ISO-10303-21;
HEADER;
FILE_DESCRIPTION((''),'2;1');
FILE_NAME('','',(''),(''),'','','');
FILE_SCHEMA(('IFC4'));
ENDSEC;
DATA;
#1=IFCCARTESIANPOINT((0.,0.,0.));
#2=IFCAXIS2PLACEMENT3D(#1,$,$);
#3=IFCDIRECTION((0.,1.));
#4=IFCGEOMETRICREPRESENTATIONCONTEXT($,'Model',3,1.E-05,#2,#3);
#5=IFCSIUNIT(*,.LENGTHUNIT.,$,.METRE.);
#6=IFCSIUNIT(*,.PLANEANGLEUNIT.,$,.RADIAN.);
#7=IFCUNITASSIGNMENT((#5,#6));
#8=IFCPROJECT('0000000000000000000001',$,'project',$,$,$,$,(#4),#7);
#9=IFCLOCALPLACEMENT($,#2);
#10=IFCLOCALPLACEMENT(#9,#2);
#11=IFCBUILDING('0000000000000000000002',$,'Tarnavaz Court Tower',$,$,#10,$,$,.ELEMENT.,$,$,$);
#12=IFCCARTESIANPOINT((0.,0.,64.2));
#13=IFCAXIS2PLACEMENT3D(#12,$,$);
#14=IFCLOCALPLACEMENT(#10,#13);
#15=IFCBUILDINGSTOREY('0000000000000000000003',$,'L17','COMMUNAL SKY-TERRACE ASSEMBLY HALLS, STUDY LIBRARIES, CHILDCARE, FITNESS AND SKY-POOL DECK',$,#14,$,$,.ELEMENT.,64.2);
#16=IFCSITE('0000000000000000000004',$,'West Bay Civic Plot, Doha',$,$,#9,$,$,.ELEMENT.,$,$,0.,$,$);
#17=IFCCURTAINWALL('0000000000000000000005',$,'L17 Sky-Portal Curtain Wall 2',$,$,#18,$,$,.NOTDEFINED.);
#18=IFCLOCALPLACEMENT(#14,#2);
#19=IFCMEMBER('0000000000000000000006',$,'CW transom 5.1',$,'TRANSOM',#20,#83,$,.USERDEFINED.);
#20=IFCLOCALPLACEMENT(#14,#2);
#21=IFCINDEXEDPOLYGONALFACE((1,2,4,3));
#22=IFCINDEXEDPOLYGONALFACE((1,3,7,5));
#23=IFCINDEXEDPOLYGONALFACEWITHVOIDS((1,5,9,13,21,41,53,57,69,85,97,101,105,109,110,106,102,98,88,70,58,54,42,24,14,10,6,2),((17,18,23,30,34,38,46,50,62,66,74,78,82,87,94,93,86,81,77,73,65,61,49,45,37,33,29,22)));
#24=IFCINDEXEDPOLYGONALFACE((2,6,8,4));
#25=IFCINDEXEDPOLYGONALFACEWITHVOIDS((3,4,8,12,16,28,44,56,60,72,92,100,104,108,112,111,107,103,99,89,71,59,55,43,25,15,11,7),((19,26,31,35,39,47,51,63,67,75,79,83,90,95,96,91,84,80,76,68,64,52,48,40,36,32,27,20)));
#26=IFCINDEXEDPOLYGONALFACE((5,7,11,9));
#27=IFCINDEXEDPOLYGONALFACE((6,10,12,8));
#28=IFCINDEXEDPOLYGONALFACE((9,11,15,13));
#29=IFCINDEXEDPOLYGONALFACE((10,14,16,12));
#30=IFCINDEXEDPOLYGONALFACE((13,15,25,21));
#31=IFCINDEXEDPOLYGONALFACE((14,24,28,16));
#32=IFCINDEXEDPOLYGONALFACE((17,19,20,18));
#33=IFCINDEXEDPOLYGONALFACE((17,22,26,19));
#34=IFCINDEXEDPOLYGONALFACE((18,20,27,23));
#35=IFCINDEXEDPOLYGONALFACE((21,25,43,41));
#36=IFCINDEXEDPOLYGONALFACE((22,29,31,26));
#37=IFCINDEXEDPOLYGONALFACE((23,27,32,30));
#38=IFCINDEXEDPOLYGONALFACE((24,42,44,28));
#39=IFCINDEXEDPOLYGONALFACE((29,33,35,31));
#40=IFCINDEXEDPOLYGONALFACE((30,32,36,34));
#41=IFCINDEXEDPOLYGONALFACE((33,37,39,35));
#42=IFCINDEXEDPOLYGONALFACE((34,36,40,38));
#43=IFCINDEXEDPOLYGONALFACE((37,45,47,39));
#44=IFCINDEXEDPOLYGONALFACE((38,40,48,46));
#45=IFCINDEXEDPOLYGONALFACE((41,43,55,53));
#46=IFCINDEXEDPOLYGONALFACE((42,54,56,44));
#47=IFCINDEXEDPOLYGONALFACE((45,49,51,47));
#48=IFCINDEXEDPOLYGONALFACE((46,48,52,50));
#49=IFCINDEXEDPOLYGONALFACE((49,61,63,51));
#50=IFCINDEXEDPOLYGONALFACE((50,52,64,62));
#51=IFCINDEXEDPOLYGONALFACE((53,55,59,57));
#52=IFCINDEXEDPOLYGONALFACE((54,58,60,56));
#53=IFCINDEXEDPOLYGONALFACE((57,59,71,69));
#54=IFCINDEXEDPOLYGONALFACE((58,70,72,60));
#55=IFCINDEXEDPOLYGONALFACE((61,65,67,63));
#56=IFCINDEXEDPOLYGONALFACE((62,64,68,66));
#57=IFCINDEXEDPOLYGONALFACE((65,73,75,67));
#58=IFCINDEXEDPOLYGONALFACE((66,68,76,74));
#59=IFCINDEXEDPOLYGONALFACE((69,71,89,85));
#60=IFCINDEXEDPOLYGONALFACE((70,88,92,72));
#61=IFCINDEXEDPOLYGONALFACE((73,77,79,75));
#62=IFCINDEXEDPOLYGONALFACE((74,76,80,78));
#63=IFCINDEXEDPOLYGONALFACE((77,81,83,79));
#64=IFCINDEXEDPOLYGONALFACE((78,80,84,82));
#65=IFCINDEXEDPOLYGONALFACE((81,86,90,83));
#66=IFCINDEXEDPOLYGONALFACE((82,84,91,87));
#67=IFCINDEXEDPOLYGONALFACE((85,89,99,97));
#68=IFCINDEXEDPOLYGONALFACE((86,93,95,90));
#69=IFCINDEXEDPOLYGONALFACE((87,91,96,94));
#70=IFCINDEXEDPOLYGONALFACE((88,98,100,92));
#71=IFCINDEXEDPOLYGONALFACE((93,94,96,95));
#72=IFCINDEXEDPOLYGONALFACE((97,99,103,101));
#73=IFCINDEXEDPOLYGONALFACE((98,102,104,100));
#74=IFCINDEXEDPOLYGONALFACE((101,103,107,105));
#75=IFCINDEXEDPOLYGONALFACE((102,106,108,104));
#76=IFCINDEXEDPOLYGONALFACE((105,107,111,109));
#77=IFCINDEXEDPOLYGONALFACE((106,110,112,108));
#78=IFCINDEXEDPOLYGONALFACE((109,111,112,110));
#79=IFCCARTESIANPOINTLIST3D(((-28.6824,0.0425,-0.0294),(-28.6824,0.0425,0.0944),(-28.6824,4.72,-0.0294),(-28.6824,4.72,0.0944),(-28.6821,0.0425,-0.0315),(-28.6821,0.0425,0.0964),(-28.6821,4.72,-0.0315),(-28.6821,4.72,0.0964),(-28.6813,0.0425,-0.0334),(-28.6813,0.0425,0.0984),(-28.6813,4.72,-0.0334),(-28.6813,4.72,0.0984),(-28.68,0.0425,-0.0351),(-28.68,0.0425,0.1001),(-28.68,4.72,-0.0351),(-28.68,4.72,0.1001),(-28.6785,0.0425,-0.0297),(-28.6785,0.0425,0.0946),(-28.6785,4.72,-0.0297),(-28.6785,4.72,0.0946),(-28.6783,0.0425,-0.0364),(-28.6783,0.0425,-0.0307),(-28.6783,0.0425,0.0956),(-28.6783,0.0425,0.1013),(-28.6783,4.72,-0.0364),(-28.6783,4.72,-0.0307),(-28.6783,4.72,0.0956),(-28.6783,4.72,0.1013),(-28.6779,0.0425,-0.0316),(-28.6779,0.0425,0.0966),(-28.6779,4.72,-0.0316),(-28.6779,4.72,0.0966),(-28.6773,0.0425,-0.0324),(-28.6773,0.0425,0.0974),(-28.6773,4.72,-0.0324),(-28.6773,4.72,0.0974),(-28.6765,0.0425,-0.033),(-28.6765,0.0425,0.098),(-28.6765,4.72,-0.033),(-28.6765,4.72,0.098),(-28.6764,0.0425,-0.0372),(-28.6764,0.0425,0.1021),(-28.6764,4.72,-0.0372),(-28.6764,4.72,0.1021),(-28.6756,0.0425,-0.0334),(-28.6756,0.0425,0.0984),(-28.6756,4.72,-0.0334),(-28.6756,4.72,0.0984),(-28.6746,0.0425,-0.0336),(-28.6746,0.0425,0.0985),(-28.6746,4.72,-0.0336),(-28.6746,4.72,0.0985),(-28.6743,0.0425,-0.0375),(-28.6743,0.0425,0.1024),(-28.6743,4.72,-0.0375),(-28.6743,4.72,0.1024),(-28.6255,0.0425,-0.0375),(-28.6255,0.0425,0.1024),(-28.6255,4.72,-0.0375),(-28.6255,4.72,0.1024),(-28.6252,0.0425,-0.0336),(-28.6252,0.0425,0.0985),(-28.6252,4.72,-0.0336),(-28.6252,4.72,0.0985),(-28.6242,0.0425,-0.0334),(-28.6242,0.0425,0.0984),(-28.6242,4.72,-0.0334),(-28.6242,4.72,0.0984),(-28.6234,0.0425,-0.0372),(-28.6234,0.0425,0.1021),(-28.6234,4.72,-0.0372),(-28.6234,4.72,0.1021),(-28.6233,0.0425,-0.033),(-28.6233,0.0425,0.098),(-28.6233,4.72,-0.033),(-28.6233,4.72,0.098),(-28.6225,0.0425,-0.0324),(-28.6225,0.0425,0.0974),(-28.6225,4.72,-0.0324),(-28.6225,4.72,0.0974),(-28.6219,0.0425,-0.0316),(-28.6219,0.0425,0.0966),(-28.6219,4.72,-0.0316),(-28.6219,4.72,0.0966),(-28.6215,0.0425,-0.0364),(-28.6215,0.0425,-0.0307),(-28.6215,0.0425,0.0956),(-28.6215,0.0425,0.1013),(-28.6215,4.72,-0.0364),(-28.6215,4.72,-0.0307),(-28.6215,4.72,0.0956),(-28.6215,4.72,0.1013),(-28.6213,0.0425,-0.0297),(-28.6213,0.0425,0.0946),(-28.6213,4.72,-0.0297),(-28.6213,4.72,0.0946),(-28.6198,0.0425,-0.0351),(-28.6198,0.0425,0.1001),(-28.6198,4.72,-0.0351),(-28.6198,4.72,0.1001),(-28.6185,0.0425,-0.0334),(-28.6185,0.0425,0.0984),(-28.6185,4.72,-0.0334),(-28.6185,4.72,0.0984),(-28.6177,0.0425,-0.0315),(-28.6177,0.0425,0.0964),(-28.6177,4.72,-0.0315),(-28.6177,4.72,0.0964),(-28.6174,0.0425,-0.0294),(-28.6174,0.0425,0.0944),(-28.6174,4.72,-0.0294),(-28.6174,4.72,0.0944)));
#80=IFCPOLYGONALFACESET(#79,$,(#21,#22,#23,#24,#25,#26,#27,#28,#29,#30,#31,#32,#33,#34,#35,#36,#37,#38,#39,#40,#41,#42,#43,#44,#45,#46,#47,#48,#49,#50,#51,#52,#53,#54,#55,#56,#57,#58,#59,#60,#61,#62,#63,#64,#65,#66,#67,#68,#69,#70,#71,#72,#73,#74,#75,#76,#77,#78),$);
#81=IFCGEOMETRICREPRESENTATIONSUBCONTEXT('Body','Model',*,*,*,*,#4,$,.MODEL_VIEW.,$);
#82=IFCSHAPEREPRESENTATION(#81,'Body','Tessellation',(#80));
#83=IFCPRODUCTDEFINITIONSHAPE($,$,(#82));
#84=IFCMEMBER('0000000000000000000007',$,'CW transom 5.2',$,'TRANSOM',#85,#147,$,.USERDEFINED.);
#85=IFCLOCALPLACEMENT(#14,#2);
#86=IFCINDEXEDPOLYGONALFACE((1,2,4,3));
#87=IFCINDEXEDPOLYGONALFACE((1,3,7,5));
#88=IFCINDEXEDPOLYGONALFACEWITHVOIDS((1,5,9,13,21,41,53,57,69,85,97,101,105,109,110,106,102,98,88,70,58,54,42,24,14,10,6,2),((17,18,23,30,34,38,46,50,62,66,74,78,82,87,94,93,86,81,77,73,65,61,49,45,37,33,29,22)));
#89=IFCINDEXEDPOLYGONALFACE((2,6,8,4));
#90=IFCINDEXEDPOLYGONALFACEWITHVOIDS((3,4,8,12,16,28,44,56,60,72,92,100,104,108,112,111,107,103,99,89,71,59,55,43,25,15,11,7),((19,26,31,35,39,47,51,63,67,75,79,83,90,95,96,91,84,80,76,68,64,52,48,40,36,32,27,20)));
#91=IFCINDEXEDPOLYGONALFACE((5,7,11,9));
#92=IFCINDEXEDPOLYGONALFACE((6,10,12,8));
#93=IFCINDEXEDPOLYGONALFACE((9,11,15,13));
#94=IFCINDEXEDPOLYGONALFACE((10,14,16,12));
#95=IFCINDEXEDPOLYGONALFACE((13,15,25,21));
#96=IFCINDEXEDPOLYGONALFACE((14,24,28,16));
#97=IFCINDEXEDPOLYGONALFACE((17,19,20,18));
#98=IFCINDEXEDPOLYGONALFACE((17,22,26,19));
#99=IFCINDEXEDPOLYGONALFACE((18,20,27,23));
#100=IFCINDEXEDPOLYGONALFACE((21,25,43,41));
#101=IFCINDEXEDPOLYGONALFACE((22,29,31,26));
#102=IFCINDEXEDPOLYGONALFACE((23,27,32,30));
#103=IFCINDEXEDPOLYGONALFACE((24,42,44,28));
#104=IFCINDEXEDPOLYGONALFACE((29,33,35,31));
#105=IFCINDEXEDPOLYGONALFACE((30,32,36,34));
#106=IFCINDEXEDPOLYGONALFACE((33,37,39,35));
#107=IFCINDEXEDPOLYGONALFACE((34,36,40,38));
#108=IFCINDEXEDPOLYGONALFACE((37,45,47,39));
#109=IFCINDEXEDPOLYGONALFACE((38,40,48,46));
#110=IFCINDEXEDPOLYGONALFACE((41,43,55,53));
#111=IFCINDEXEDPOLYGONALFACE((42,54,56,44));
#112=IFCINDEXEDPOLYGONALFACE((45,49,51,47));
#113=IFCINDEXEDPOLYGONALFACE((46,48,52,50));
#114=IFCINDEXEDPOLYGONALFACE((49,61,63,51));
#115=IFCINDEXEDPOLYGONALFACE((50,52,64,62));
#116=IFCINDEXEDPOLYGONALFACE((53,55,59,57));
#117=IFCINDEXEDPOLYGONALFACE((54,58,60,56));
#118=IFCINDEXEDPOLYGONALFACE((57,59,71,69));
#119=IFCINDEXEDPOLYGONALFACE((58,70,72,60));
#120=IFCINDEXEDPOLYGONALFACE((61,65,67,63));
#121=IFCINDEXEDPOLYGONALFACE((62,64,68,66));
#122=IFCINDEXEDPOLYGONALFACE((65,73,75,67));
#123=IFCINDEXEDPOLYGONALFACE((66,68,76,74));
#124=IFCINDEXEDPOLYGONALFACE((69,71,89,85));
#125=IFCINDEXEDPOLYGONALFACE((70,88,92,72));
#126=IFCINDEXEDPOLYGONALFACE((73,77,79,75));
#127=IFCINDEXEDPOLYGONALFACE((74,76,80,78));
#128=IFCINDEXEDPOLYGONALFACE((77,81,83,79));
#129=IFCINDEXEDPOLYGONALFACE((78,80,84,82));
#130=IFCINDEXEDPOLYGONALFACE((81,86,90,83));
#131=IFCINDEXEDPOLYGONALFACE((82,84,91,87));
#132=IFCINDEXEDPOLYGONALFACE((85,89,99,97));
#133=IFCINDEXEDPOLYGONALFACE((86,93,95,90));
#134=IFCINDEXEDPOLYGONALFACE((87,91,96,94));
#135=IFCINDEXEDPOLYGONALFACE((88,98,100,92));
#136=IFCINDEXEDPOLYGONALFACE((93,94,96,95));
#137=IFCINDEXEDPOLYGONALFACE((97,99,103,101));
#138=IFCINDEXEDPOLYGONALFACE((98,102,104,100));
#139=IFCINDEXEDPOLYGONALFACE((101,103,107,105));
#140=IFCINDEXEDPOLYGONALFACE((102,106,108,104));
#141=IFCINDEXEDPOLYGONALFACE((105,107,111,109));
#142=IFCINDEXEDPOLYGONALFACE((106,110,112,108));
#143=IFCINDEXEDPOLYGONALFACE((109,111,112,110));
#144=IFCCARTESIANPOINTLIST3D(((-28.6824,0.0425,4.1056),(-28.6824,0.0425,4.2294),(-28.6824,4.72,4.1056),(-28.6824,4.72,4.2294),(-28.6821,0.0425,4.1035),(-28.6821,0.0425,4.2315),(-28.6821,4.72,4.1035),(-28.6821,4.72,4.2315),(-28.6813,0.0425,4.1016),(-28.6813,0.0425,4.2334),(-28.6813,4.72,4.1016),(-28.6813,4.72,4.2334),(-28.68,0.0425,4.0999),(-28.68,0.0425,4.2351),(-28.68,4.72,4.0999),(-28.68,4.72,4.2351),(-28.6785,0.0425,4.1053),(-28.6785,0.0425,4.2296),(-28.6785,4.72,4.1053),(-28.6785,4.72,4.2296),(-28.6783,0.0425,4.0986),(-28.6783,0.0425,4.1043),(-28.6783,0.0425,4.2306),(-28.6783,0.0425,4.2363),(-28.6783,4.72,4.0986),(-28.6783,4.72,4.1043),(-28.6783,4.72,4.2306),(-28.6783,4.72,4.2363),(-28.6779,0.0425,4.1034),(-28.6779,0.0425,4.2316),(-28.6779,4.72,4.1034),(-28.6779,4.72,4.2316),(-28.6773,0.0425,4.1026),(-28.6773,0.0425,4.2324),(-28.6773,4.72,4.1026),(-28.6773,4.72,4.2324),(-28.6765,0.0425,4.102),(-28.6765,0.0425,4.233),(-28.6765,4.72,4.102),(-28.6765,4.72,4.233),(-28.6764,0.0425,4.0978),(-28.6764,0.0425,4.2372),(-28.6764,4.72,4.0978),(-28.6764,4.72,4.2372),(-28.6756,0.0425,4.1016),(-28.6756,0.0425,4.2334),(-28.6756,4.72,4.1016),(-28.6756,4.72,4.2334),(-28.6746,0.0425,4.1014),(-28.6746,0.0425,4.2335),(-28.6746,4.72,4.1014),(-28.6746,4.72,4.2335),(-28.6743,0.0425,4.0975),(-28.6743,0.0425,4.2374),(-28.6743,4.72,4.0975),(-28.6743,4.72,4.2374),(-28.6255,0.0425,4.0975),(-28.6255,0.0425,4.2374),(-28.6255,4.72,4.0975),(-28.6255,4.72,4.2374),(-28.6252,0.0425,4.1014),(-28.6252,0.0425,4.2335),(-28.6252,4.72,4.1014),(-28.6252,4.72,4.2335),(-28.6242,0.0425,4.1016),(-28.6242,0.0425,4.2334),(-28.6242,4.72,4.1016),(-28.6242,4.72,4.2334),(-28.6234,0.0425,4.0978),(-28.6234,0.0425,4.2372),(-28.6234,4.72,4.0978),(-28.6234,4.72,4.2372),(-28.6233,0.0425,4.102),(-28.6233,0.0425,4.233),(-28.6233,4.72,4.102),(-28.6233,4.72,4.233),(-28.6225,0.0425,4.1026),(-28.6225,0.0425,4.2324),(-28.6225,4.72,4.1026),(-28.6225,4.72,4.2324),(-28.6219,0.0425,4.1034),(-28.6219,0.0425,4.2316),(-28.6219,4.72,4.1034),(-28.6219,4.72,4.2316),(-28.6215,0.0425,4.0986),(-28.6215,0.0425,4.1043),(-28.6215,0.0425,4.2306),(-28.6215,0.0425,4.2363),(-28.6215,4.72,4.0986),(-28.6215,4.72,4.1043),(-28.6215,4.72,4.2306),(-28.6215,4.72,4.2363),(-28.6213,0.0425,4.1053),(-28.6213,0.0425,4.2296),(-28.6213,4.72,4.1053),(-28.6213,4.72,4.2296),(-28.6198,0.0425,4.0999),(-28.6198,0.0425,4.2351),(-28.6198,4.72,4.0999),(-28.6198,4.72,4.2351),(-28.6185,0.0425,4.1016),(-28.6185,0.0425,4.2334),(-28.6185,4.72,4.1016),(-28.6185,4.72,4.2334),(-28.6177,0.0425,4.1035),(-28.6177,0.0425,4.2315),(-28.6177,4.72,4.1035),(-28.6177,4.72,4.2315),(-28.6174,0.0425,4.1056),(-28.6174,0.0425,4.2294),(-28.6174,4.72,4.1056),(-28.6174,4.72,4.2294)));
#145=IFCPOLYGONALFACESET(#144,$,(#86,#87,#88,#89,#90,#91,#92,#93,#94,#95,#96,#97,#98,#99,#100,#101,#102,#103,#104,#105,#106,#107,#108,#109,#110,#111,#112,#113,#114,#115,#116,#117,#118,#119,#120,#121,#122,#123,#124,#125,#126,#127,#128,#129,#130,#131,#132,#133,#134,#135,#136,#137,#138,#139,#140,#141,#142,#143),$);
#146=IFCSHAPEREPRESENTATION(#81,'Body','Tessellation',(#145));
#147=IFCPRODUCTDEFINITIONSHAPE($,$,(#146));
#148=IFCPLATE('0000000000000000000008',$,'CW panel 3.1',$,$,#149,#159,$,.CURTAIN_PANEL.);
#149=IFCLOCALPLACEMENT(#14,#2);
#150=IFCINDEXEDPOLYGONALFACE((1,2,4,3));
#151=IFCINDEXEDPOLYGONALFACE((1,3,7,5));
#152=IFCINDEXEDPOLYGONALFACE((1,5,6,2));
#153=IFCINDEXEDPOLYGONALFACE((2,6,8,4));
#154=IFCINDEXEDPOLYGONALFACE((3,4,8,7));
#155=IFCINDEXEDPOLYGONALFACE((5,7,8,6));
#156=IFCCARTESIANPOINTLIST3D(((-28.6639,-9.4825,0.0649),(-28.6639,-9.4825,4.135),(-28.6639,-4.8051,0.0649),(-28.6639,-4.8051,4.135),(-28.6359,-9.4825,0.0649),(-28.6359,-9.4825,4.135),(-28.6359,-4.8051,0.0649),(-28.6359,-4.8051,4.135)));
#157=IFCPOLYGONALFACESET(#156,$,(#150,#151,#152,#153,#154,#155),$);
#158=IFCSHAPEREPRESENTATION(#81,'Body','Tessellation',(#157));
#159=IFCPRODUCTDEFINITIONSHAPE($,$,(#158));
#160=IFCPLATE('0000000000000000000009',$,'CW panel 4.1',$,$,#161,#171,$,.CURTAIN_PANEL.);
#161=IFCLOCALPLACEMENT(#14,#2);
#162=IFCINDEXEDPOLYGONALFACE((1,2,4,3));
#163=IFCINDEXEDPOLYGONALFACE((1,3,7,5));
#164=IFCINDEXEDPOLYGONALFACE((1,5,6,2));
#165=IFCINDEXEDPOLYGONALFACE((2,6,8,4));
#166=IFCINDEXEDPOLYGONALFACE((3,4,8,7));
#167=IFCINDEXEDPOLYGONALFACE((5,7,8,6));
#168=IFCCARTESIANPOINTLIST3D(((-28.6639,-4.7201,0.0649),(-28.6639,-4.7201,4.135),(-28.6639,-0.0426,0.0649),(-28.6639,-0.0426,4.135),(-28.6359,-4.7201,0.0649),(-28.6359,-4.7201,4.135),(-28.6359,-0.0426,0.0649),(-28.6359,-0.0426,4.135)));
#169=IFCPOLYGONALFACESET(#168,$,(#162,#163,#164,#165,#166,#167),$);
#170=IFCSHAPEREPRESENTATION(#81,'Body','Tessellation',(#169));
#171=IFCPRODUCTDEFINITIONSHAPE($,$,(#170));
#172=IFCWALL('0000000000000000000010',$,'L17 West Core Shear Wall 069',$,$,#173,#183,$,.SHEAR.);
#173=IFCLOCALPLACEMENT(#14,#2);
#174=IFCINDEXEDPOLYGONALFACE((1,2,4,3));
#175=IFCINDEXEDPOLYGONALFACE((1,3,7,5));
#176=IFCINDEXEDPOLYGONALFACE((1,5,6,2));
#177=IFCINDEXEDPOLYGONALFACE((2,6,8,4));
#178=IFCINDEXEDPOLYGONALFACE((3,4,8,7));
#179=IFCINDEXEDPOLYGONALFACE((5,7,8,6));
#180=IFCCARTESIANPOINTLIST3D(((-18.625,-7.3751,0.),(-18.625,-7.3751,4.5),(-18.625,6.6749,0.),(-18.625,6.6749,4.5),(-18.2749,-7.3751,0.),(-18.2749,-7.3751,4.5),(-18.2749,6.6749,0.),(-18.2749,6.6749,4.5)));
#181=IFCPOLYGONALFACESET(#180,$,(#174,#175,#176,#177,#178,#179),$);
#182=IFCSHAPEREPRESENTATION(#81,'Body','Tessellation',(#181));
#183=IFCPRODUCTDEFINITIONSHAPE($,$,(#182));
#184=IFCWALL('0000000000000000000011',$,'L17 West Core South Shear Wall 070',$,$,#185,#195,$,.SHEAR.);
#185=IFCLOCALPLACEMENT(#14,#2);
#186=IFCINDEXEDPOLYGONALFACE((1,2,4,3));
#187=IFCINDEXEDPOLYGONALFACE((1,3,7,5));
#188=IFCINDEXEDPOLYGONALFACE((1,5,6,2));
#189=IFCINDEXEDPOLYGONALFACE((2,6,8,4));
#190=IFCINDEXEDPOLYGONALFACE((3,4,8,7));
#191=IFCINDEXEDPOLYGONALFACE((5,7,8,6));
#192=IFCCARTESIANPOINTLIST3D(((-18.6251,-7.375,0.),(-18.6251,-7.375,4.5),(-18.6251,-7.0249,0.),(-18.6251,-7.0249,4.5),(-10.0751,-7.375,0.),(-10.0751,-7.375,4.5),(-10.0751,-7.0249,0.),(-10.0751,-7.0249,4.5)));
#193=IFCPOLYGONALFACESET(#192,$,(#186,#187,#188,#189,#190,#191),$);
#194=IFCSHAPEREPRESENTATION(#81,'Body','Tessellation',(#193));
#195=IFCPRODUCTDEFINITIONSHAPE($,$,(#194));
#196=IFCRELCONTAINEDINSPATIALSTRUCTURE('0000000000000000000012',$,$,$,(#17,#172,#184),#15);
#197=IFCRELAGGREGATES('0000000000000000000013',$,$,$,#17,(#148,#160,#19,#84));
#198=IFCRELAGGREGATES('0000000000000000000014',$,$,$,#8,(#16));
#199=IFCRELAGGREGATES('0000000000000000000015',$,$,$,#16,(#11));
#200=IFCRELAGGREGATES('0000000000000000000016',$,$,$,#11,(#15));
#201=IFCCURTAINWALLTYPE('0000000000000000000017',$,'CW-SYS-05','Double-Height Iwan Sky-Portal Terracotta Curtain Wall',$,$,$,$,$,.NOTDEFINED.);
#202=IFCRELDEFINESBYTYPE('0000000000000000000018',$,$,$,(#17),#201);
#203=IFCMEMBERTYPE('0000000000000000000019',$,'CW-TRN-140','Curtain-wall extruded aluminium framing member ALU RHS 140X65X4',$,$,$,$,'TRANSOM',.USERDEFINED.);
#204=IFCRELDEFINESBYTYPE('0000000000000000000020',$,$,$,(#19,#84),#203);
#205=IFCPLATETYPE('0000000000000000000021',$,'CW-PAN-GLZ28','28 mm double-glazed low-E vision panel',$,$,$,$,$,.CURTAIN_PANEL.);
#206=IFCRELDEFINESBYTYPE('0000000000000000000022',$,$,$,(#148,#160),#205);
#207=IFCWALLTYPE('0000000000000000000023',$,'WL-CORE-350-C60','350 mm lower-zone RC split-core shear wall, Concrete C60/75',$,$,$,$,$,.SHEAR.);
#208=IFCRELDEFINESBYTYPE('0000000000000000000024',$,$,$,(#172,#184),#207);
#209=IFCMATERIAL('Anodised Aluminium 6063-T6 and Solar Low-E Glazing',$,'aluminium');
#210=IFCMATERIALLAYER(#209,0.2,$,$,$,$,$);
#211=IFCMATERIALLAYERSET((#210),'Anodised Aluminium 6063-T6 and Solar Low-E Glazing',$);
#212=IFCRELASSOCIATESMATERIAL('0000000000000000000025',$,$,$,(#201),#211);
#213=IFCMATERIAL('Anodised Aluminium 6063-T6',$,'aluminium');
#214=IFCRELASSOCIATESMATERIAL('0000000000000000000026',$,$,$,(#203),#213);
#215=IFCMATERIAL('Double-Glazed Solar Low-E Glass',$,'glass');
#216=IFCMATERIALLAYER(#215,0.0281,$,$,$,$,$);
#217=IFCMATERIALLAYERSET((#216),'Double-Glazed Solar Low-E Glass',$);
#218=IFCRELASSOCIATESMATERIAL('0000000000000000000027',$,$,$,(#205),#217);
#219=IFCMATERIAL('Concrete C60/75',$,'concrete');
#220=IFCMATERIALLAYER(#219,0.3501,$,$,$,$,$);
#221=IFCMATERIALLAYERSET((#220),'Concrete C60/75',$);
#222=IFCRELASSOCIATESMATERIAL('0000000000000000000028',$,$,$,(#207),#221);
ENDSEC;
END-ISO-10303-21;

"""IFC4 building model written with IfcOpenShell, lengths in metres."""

from ifc_helpers import new_model, si_unit, direction, frame, frame_2d, origin, origin_2d, place, context, subcontext, project, spatial, rectangle, hollow_rectangle, extrude, material, layer, layer_set, material_profile, profile_set, type_object, element, aggregate, save


model = new_model("IFC4")

# Units and contexts
model_context = context("Model", 3, precision=1e-05, world=origin(), true_north=direction((0.0, 1.0)))
body_context = subcontext(model_context, "Body", "Model", "MODEL_VIEW")
ifc_project = project(units=[si_unit("LENGTHUNIT", "METRE"), si_unit("PLANEANGLEUNIT", "RADIAN")], contexts=[model_context])

# Site, building, storey
site_placement = place(None, origin())
site = spatial("IfcSite", under=ifc_project, at=site_placement, Name="West Bay Civic Plot, Doha", CompositionType="ELEMENT", RefElevation=0.0)
building_placement = place(site_placement, origin())
building = spatial("IfcBuilding", under=site, at=building_placement, Name="Tarnavaz Court Tower", CompositionType="ELEMENT")
storey_placement = place(building_placement, frame((0.0, 0.0, 64.2)))
storey = spatial("IfcBuildingStorey", under=building, at=storey_placement, Name="L17", Description="COMMUNAL SKY-TERRACE ASSEMBLY HALLS, STUDY LIBRARIES, CHILDCARE, FITNESS AND SKY-POOL DECK", CompositionType="ELEMENT", Elevation=64.2)

# Shared definitions
ifc_material_1 = material(Name="Concrete C60/75", Category="concrete")

# Curtain wall, members, plates
ifc_material_2 = material(Name="Anodised Aluminium 6063-T6 and Solar Low-E Glazing", Category="aluminium")
ifc_layer_1 = layer(ifc_material_2, 0.2)
ifc_layer_set_1 = layer_set([ifc_layer_1], Name="Anodised Aluminium 6063-T6 and Solar Low-E Glazing")
curtain_wall_type = type_object("IfcCurtainWallType", Name="CW-SYS-05", Description="Double-Height Iwan Sky-Portal Terracotta Curtain Wall", PredefinedType="NOTDEFINED", material=ifc_layer_set_1)
curtain_wall_placement = place(storey_placement, origin())
curtain_wall = element("IfcCurtainWall", 1, at=curtain_wall_placement, inside=storey, type_object=curtain_wall_type, Name="L17 Sky-Portal Curtain Wall 2", PredefinedType="NOTDEFINED")
ifc_material_3 = material(Name="Anodised Aluminium 6063-T6", Category="aluminium")
ifc_material_profile_1 = material_profile(ifc_material_3, hollow_rectangle(XDim=0.0649, YDim=0.1399, WallThickness=0.0039, InnerFilletRadius=0.0039, OuterFilletRadius=0.0081, at=origin_2d()), Name="ALU RHS 140X65X4")
ifc_profile_set_1 = profile_set([ifc_material_profile_1], Name="Anodised Aluminium 6063-T6")
member_type_1 = type_object("IfcMemberType", Name="CW-TRN-140", Description="Curtain-wall extruded aluminium framing member ALU RHS 140X65X4", ElementType="TRANSOM", PredefinedType="USERDEFINED", material=ifc_profile_set_1)
member_1_placement = place(storey_placement, frame((-28.6499, 0.0425, 0.0325), z_axis=(0.0, 1.0, 0.0), x_axis=(-1.0, 0.0, 0.0)))
member_1 = element("IfcMember", 2, at=member_1_placement, type_object=member_type_1, Name="CW transom 5.1", ObjectType="TRANSOM", PredefinedType="USERDEFINED", context=body_context, shape_type="SweptSolid", body=[
    extrude(hollow_rectangle(XDim=0.0649, YDim=0.1399, WallThickness=0.0039, InnerFilletRadius=0.0039, OuterFilletRadius=0.0081, at=origin_2d()), origin(), (0.0, 0.0, 1.0), 4.6775),
])
member_2_placement = place(storey_placement, frame((-28.6499, 0.0425, 4.1675), z_axis=(0.0, 1.0, 0.0), x_axis=(-1.0, 0.0, 0.0)))
member_2 = element("IfcMember", 3, at=member_2_placement, type_object=member_type_1, Name="CW transom 5.2", ObjectType="TRANSOM", PredefinedType="USERDEFINED", context=body_context, shape_type="SweptSolid", body=[
    extrude(hollow_rectangle(XDim=0.0649, YDim=0.1399, WallThickness=0.0039, InnerFilletRadius=0.0039, OuterFilletRadius=0.0081, at=origin_2d()), origin(), (0.0, 0.0, 1.0), 4.6775),
])
ifc_material_4 = material(Name="Double-Glazed Solar Low-E Glass", Category="glass")
ifc_layer_2 = layer(ifc_material_4, 0.0281)
ifc_layer_set_2 = layer_set([ifc_layer_2], Name="Double-Glazed Solar Low-E Glass")
plate_type = type_object("IfcPlateType", Name="CW-PAN-GLZ28", Description="28 mm double-glazed low-E vision panel", PredefinedType="CURTAIN_PANEL", material=ifc_layer_set_2)
plate_1_placement = place(storey_placement, frame((-28.6499, -7.1438, 0.0649), z_axis=(0.0, 0.0, 1.0), x_axis=(0.0, 1.0, 0.0)))
plate_1 = element("IfcPlate", 4, at=plate_1_placement, type_object=plate_type, Name="CW panel 3.1", PredefinedType="CURTAIN_PANEL", context=body_context, shape_type="SweptSolid", body=[
    extrude(rectangle(XDim=4.6775, YDim=0.0281, at=origin_2d()), origin(), (0.0, 0.0, 1.0), 4.0701),
])
plate_2_placement = place(storey_placement, frame((-28.6499, -2.3813, 0.0649), z_axis=(0.0, 0.0, 1.0), x_axis=(0.0, 1.0, 0.0)))
plate_2 = element("IfcPlate", 5, at=plate_2_placement, type_object=plate_type, Name="CW panel 4.1", PredefinedType="CURTAIN_PANEL", context=body_context, shape_type="SweptSolid", body=[
    extrude(rectangle(XDim=4.6775, YDim=0.0281, at=origin_2d()), origin(), (0.0, 0.0, 1.0), 4.0701),
])
aggregate(curtain_wall, [plate_1, plate_2, member_1, member_2])

# Walls
ifc_layer_3 = layer(ifc_material_1, 0.3501)
ifc_layer_set_3 = layer_set([ifc_layer_3], Name="Concrete C60/75")
wall_type_1 = type_object("IfcWallType", Name="WL-CORE-350-C60", Description="350 mm lower-zone RC split-core shear wall, Concrete C60/75", PredefinedType="SHEAR", material=ifc_layer_set_3)
wall_1_placement = place(storey_placement, frame((-18.45, -7.375, 0.0), z_axis=(0.0, 0.0, 1.0), x_axis=(0.0, 1.0, 0.0)))
element("IfcWall", 6, at=wall_1_placement, inside=storey, type_object=wall_type_1, Name="L17 West Core Shear Wall 069", PredefinedType="SHEAR", context=body_context, shape_type="SweptSolid", body=[
    extrude(rectangle(XDim=14.05, YDim=0.3501, at=frame_2d((7.0249, 0.0))), origin(), (0.0, 0.0, 1.0), 4.5),
])
wall_2_placement = place(storey_placement, frame((-18.625, -7.2, 0.0), z_axis=(0.0, 0.0, 1.0), x_axis=(1.0, 0.0, 0.0)))
element("IfcWall", 7, at=wall_2_placement, inside=storey, type_object=wall_type_1, Name="L17 West Core South Shear Wall 070", PredefinedType="SHEAR", context=body_context, shape_type="SweptSolid", body=[
    extrude(rectangle(XDim=8.55, YDim=0.3501, at=frame_2d((4.2749, 0.0))), origin(), (0.0, 0.0, 1.0), 4.5),
])

save(model, "model.ifc")
